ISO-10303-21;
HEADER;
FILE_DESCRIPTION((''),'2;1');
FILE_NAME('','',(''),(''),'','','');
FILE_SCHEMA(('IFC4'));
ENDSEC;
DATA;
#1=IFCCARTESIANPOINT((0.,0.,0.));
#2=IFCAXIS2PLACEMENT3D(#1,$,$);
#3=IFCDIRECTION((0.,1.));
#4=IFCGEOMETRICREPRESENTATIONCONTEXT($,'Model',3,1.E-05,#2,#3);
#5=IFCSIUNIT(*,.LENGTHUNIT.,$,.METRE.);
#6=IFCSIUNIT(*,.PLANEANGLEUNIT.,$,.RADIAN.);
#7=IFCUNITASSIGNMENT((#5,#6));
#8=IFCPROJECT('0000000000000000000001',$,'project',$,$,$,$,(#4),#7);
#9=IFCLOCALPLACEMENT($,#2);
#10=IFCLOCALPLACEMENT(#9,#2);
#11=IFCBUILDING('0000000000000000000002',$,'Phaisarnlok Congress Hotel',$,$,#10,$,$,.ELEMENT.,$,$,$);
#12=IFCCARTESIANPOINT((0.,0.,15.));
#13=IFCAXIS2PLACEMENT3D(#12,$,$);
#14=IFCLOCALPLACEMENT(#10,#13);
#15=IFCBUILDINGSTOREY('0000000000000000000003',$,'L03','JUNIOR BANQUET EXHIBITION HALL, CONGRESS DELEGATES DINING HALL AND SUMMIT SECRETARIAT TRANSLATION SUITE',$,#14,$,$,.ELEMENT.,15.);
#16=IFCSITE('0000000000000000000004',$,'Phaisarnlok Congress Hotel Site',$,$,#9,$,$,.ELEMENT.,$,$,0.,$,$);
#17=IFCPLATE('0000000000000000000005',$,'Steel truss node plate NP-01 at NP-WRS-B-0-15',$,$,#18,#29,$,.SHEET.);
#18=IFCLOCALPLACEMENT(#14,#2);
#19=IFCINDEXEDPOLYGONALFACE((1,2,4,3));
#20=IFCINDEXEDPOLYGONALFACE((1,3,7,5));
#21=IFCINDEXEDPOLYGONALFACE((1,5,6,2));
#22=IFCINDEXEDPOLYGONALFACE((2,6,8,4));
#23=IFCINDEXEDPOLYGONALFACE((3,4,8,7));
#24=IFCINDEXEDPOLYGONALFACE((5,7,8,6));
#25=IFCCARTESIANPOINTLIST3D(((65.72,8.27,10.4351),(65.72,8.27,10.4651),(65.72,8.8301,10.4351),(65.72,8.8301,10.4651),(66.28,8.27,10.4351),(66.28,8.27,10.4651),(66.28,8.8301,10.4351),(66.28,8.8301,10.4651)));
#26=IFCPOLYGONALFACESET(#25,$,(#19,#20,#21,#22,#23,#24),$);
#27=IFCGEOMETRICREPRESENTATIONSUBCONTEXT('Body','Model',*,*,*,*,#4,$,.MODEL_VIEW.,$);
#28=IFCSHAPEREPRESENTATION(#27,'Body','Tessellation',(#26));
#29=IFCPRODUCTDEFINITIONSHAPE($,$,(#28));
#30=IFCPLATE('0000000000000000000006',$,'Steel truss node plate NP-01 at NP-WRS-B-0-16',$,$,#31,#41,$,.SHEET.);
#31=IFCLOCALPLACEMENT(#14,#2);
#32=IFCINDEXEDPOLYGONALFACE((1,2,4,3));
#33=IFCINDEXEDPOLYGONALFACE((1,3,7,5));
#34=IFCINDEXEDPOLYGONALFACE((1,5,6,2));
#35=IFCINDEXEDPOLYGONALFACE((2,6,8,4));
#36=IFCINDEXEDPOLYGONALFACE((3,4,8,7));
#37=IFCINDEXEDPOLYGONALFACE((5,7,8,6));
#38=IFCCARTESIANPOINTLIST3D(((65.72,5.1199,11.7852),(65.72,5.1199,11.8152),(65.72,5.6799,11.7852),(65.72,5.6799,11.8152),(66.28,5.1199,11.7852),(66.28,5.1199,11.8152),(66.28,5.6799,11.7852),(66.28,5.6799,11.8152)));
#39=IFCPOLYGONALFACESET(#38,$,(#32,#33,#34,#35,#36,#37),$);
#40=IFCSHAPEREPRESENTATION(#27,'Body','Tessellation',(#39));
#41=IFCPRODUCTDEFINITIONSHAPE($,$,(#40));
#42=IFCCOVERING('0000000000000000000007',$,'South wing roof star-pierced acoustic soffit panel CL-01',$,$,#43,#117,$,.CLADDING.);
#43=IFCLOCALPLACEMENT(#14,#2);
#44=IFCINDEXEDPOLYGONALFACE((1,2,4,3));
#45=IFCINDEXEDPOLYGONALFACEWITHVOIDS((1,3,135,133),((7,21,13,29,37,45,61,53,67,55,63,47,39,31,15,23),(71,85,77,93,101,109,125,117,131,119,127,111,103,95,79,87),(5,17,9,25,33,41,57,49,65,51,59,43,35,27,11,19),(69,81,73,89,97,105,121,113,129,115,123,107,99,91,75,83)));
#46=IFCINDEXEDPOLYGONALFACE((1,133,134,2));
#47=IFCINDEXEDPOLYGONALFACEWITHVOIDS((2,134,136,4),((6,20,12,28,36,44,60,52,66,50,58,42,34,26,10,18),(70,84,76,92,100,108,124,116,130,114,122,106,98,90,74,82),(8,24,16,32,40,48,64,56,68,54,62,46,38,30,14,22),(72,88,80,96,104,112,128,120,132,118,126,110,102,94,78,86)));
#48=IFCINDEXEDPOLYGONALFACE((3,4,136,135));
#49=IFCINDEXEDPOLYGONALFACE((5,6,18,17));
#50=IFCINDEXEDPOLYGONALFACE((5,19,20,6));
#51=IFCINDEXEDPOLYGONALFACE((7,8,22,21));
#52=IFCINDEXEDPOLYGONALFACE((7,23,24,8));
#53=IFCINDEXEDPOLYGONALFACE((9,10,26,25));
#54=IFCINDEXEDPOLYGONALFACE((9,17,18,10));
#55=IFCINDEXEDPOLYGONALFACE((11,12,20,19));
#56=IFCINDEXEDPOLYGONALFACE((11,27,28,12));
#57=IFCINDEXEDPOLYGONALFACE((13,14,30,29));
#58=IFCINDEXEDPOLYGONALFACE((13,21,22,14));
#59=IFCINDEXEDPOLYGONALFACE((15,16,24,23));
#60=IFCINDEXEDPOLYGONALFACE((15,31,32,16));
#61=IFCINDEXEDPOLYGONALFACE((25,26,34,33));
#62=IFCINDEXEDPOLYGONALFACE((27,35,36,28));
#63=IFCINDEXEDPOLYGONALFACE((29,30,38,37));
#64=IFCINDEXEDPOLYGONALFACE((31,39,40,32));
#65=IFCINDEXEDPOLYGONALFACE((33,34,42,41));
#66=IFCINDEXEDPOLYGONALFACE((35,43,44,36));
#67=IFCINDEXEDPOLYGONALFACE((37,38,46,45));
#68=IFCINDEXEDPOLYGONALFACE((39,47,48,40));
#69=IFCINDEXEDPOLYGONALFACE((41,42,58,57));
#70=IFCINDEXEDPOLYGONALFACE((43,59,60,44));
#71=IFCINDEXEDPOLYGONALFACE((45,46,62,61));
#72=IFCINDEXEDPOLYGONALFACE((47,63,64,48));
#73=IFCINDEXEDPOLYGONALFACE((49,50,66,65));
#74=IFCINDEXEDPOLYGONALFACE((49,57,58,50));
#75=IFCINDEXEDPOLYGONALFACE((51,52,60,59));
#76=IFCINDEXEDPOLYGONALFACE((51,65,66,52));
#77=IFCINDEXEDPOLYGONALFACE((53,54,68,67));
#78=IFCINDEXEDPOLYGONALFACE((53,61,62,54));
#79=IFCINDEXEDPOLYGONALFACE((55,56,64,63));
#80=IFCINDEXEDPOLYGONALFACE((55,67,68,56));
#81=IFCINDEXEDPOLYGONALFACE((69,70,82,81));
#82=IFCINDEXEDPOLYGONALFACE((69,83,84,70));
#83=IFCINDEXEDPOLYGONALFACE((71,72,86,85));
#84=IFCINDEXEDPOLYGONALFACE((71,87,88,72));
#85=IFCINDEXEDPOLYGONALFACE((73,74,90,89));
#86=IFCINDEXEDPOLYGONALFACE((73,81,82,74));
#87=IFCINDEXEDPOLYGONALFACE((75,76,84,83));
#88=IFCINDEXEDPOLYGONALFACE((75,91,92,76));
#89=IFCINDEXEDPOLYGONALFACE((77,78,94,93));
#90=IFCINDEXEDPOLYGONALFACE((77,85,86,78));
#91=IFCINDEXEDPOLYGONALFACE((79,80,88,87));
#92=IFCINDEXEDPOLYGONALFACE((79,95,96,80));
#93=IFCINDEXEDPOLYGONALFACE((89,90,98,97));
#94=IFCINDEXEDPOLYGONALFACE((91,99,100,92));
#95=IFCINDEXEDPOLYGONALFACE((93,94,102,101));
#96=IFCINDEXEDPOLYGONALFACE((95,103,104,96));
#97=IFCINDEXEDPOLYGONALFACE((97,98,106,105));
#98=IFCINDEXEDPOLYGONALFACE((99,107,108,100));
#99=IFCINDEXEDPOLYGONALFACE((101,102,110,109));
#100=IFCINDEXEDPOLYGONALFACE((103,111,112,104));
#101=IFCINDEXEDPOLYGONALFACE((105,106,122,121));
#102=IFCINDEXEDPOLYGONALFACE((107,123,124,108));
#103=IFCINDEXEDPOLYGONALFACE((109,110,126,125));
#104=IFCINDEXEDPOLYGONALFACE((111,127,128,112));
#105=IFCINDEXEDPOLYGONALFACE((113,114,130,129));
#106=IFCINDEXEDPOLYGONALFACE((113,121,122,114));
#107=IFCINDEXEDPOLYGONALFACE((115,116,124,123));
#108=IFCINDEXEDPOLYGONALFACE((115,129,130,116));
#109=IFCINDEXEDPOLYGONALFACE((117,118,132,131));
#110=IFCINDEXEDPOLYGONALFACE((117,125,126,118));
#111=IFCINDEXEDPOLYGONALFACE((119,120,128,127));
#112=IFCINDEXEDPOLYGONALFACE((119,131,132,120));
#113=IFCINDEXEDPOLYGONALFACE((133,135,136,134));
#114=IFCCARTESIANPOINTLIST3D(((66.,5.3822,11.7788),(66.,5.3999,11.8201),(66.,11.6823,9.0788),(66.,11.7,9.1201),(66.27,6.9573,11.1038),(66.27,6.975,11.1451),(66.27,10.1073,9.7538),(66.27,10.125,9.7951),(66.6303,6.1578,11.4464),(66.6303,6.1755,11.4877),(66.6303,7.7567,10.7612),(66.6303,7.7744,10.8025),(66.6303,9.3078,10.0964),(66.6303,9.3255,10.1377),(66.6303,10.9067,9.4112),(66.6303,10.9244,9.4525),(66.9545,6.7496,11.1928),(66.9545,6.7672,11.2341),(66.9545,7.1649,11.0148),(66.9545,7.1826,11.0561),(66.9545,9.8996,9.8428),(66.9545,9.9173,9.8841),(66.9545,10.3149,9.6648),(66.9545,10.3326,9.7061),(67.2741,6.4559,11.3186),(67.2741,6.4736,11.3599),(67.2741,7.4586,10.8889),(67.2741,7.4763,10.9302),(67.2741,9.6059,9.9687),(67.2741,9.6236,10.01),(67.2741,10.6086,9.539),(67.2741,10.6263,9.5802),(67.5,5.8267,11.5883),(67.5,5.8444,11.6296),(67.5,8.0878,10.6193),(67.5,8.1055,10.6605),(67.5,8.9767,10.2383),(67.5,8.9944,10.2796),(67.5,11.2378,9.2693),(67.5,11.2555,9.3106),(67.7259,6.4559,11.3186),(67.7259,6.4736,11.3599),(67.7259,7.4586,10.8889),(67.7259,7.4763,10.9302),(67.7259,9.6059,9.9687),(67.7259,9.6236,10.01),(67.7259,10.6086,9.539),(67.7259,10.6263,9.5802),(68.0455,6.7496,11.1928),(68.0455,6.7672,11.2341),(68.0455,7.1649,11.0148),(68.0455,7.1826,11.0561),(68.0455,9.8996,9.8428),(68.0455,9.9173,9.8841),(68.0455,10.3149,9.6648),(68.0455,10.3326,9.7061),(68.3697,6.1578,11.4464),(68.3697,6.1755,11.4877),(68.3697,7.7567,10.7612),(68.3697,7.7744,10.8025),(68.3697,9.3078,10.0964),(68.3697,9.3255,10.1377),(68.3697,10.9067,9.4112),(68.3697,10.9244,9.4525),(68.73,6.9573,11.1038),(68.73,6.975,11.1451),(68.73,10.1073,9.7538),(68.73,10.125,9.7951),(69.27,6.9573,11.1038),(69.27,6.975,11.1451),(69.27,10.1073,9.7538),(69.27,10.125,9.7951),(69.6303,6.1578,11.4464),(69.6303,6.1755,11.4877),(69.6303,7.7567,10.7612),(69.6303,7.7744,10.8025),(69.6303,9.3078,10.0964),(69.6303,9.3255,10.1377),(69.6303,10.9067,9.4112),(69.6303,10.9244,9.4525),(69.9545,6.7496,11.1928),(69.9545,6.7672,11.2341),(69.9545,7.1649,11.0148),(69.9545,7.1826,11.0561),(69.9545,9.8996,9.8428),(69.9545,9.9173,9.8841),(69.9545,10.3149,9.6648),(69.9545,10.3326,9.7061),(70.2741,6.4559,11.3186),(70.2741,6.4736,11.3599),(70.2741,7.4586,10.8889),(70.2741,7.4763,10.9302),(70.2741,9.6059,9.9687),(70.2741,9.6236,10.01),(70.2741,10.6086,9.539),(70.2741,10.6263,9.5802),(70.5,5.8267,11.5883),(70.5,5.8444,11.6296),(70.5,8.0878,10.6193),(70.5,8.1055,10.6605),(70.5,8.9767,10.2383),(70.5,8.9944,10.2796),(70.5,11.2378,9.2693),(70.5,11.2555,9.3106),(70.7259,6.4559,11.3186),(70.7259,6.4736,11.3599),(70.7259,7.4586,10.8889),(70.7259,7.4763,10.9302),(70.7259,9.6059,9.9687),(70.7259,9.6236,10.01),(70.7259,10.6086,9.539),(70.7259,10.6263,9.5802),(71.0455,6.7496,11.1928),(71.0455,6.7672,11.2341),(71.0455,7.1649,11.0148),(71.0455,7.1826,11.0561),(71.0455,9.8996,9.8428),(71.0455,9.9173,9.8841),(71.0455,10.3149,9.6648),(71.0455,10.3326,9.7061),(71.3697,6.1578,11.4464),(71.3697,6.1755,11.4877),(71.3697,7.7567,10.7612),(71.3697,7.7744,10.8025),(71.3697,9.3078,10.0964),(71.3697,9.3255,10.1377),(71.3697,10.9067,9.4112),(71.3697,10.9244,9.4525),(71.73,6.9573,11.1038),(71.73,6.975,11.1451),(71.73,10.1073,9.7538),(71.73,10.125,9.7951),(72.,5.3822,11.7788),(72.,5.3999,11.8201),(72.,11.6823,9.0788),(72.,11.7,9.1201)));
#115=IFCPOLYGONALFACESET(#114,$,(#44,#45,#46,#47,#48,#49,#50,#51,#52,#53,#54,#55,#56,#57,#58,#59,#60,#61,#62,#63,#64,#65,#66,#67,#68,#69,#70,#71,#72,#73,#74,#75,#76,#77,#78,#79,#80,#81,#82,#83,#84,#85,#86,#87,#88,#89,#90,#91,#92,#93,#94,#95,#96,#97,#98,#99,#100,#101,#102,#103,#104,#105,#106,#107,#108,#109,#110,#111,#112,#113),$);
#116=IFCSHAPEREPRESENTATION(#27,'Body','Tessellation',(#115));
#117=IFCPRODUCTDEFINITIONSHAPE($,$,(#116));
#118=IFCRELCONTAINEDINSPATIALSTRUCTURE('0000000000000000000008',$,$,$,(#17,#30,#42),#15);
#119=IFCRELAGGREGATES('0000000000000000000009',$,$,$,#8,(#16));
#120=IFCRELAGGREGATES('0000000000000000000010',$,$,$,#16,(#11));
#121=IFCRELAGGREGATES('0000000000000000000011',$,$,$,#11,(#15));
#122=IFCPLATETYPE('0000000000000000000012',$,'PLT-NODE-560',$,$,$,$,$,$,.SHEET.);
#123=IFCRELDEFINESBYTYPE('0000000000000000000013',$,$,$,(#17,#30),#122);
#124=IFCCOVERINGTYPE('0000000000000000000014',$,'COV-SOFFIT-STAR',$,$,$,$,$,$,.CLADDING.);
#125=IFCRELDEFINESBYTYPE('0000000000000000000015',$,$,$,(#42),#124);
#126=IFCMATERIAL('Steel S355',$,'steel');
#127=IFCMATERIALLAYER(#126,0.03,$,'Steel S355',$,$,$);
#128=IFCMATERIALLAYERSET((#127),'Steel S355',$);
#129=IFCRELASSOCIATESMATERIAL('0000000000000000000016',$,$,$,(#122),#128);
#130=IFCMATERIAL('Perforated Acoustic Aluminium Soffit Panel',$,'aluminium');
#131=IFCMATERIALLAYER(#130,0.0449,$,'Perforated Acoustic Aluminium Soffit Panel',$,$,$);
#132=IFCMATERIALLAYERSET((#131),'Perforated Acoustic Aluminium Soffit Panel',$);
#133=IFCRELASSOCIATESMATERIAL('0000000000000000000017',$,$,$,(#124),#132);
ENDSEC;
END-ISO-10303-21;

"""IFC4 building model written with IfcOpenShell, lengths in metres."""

from ifc_helpers import new_model, si_unit, direction, frame, origin, origin_2d, place, context, subcontext, project, spatial, polyline, rectangle, outline, extrude, material, layer, layer_set, type_object, element, save


model = new_model("IFC4")

# Units and contexts
model_context = context("Model", 3, precision=1e-05, world=origin(), true_north=direction((0.0, 1.0)))
body_context = subcontext(model_context, "Body", "Model", "MODEL_VIEW")
ifc_project = project(units=[si_unit("LENGTHUNIT", "METRE"), si_unit("PLANEANGLEUNIT", "RADIAN")], contexts=[model_context])

# Site, building, storey
site_placement = place(None, origin())
site = spatial("IfcSite", under=ifc_project, at=site_placement, Name="Phaisarnlok Congress Hotel Site", CompositionType="ELEMENT", RefElevation=0.0)
building_placement = place(site_placement, origin())
building = spatial("IfcBuilding", under=site, at=building_placement, Name="Phaisarnlok Congress Hotel", CompositionType="ELEMENT")
storey_placement = place(building_placement, frame((0.0, 0.0, 15.0)))
storey = spatial("IfcBuildingStorey", under=building, at=storey_placement, Name="L03", Description="JUNIOR BANQUET EXHIBITION HALL, CONGRESS DELEGATES DINING HALL AND SUMMIT SECRETARIAT TRANSLATION SUITE", CompositionType="ELEMENT", Elevation=15.0)

# Shared definitions
ifc_material_1 = material(Name="Steel S355", Category="steel")

# Plates
ifc_layer_1 = layer(ifc_material_1, 0.03, Name="Steel S355")
ifc_layer_set_1 = layer_set([ifc_layer_1], Name="Steel S355")
plate_type_1 = type_object("IfcPlateType", Name="PLT-NODE-560", PredefinedType="SHEET", material=ifc_layer_set_1)
for number, where, z_axis, x_axis, name in (
    (1, (66.0, 8.55, 10.4351), (0.0, 0.0, 1.0), (1.0, 0.0, 0.0), "Steel truss node plate NP-01 at NP-WRS-B-0-15"),
    (2, (66.0, 5.3999, 11.7852), (0.0, 0.0, 1.0), (1.0, 0.0, 0.0), "Steel truss node plate NP-01 at NP-WRS-B-0-16"),
):
    element("IfcPlate", number, at=place(storey_placement, frame(where, z_axis=z_axis, x_axis=x_axis)), inside=storey, type_object=plate_type_1, Name=name, PredefinedType="SHEET", context=body_context, shape_type="SweptSolid", body=[
        extrude(rectangle(XDim=0.5601, YDim=0.5601, at=origin_2d()), origin(), (0.0, 0.0, 1.0), 0.03),
    ])

# Covering
ifc_material_2 = material(Name="Perforated Acoustic Aluminium Soffit Panel", Category="aluminium")
ifc_layer_2 = layer(ifc_material_2, 0.0449, Name="Perforated Acoustic Aluminium Soffit Panel")
ifc_layer_set_2 = layer_set([ifc_layer_2], Name="Perforated Acoustic Aluminium Soffit Panel")
covering_type = type_object("IfcCoveringType", Name="COV-SOFFIT-STAR", PredefinedType="CLADDING", material=ifc_layer_set_2)
covering_placement = place(storey_placement, frame((66.0, 11.7, 9.1201), z_axis=(0.0, -0.393911, -0.919149), x_axis=(1.0, 0.0, 0.0)))
element("IfcCovering", 3, at=covering_placement, inside=storey, type_object=covering_type, Name="South wing roof star-pierced acoustic soffit panel CL-01", PredefinedType="CLADDING", context=body_context, shape_type="SweptSolid", body=[
    extrude(outline(polyline([(0.0, 0.0), (6.0, 0.0), (6.0, 6.8542), (0.0, 6.8542), (0.0, 0.0)]), holes=[polyline([(2.0455, 1.4876), (2.3697, 0.8438), (1.7259, 1.1681), (1.5, 0.4835), (1.2741, 1.1681), (0.6303, 0.8438), (0.9545, 1.4876), (0.27, 1.7135), (0.9545, 1.9395), (0.6303, 2.5833), (1.2741, 2.259), (1.5, 2.9435), (1.7259, 2.259), (2.3697, 2.5833), (2.0455, 1.9395), (2.73, 1.7135), (2.0455, 1.4876)]), polyline([(2.0455, 4.9147), (2.3697, 4.2709), (1.7259, 4.5952), (1.5, 3.9106), (1.2741, 4.5952), (0.6303, 4.2709), (0.9545, 4.9147), (0.27, 5.1406), (0.9545, 5.3666), (0.6303, 6.0104), (1.2741, 5.6861), (1.5, 6.3706), (1.7259, 5.6861), (2.3697, 6.0104), (2.0455, 5.3666), (2.73, 5.1406), (2.0455, 4.9147)]), polyline([(5.0455, 1.4876), (5.3697, 0.8438), (4.7259, 1.1681), (4.5, 0.4835), (4.2741, 1.1681), (3.6303, 0.8438), (3.9545, 1.4876), (3.27, 1.7135), (3.9545, 1.9395), (3.6303, 2.5833), (4.2741, 2.259), (4.5, 2.9435), (4.7259, 2.259), (5.3697, 2.5833), (5.0455, 1.9395), (5.73, 1.7135), (5.0455, 1.4876)]), polyline([(5.0455, 4.9147), (5.3697, 4.2709), (4.7259, 4.5952), (4.5, 3.9106), (4.2741, 4.5952), (3.6303, 4.2709), (3.9545, 4.9147), (3.27, 5.1406), (3.9545, 5.3666), (3.6303, 6.0104), (4.2741, 5.6861), (4.5, 6.3706), (4.7259, 5.6861), (5.3697, 6.0104), (5.0455, 5.3666), (5.73, 5.1406), (5.0455, 4.9147)])]), origin(), (0.0, 0.0, 1.0), 0.0449),
])

save(model, "model.ifc")
